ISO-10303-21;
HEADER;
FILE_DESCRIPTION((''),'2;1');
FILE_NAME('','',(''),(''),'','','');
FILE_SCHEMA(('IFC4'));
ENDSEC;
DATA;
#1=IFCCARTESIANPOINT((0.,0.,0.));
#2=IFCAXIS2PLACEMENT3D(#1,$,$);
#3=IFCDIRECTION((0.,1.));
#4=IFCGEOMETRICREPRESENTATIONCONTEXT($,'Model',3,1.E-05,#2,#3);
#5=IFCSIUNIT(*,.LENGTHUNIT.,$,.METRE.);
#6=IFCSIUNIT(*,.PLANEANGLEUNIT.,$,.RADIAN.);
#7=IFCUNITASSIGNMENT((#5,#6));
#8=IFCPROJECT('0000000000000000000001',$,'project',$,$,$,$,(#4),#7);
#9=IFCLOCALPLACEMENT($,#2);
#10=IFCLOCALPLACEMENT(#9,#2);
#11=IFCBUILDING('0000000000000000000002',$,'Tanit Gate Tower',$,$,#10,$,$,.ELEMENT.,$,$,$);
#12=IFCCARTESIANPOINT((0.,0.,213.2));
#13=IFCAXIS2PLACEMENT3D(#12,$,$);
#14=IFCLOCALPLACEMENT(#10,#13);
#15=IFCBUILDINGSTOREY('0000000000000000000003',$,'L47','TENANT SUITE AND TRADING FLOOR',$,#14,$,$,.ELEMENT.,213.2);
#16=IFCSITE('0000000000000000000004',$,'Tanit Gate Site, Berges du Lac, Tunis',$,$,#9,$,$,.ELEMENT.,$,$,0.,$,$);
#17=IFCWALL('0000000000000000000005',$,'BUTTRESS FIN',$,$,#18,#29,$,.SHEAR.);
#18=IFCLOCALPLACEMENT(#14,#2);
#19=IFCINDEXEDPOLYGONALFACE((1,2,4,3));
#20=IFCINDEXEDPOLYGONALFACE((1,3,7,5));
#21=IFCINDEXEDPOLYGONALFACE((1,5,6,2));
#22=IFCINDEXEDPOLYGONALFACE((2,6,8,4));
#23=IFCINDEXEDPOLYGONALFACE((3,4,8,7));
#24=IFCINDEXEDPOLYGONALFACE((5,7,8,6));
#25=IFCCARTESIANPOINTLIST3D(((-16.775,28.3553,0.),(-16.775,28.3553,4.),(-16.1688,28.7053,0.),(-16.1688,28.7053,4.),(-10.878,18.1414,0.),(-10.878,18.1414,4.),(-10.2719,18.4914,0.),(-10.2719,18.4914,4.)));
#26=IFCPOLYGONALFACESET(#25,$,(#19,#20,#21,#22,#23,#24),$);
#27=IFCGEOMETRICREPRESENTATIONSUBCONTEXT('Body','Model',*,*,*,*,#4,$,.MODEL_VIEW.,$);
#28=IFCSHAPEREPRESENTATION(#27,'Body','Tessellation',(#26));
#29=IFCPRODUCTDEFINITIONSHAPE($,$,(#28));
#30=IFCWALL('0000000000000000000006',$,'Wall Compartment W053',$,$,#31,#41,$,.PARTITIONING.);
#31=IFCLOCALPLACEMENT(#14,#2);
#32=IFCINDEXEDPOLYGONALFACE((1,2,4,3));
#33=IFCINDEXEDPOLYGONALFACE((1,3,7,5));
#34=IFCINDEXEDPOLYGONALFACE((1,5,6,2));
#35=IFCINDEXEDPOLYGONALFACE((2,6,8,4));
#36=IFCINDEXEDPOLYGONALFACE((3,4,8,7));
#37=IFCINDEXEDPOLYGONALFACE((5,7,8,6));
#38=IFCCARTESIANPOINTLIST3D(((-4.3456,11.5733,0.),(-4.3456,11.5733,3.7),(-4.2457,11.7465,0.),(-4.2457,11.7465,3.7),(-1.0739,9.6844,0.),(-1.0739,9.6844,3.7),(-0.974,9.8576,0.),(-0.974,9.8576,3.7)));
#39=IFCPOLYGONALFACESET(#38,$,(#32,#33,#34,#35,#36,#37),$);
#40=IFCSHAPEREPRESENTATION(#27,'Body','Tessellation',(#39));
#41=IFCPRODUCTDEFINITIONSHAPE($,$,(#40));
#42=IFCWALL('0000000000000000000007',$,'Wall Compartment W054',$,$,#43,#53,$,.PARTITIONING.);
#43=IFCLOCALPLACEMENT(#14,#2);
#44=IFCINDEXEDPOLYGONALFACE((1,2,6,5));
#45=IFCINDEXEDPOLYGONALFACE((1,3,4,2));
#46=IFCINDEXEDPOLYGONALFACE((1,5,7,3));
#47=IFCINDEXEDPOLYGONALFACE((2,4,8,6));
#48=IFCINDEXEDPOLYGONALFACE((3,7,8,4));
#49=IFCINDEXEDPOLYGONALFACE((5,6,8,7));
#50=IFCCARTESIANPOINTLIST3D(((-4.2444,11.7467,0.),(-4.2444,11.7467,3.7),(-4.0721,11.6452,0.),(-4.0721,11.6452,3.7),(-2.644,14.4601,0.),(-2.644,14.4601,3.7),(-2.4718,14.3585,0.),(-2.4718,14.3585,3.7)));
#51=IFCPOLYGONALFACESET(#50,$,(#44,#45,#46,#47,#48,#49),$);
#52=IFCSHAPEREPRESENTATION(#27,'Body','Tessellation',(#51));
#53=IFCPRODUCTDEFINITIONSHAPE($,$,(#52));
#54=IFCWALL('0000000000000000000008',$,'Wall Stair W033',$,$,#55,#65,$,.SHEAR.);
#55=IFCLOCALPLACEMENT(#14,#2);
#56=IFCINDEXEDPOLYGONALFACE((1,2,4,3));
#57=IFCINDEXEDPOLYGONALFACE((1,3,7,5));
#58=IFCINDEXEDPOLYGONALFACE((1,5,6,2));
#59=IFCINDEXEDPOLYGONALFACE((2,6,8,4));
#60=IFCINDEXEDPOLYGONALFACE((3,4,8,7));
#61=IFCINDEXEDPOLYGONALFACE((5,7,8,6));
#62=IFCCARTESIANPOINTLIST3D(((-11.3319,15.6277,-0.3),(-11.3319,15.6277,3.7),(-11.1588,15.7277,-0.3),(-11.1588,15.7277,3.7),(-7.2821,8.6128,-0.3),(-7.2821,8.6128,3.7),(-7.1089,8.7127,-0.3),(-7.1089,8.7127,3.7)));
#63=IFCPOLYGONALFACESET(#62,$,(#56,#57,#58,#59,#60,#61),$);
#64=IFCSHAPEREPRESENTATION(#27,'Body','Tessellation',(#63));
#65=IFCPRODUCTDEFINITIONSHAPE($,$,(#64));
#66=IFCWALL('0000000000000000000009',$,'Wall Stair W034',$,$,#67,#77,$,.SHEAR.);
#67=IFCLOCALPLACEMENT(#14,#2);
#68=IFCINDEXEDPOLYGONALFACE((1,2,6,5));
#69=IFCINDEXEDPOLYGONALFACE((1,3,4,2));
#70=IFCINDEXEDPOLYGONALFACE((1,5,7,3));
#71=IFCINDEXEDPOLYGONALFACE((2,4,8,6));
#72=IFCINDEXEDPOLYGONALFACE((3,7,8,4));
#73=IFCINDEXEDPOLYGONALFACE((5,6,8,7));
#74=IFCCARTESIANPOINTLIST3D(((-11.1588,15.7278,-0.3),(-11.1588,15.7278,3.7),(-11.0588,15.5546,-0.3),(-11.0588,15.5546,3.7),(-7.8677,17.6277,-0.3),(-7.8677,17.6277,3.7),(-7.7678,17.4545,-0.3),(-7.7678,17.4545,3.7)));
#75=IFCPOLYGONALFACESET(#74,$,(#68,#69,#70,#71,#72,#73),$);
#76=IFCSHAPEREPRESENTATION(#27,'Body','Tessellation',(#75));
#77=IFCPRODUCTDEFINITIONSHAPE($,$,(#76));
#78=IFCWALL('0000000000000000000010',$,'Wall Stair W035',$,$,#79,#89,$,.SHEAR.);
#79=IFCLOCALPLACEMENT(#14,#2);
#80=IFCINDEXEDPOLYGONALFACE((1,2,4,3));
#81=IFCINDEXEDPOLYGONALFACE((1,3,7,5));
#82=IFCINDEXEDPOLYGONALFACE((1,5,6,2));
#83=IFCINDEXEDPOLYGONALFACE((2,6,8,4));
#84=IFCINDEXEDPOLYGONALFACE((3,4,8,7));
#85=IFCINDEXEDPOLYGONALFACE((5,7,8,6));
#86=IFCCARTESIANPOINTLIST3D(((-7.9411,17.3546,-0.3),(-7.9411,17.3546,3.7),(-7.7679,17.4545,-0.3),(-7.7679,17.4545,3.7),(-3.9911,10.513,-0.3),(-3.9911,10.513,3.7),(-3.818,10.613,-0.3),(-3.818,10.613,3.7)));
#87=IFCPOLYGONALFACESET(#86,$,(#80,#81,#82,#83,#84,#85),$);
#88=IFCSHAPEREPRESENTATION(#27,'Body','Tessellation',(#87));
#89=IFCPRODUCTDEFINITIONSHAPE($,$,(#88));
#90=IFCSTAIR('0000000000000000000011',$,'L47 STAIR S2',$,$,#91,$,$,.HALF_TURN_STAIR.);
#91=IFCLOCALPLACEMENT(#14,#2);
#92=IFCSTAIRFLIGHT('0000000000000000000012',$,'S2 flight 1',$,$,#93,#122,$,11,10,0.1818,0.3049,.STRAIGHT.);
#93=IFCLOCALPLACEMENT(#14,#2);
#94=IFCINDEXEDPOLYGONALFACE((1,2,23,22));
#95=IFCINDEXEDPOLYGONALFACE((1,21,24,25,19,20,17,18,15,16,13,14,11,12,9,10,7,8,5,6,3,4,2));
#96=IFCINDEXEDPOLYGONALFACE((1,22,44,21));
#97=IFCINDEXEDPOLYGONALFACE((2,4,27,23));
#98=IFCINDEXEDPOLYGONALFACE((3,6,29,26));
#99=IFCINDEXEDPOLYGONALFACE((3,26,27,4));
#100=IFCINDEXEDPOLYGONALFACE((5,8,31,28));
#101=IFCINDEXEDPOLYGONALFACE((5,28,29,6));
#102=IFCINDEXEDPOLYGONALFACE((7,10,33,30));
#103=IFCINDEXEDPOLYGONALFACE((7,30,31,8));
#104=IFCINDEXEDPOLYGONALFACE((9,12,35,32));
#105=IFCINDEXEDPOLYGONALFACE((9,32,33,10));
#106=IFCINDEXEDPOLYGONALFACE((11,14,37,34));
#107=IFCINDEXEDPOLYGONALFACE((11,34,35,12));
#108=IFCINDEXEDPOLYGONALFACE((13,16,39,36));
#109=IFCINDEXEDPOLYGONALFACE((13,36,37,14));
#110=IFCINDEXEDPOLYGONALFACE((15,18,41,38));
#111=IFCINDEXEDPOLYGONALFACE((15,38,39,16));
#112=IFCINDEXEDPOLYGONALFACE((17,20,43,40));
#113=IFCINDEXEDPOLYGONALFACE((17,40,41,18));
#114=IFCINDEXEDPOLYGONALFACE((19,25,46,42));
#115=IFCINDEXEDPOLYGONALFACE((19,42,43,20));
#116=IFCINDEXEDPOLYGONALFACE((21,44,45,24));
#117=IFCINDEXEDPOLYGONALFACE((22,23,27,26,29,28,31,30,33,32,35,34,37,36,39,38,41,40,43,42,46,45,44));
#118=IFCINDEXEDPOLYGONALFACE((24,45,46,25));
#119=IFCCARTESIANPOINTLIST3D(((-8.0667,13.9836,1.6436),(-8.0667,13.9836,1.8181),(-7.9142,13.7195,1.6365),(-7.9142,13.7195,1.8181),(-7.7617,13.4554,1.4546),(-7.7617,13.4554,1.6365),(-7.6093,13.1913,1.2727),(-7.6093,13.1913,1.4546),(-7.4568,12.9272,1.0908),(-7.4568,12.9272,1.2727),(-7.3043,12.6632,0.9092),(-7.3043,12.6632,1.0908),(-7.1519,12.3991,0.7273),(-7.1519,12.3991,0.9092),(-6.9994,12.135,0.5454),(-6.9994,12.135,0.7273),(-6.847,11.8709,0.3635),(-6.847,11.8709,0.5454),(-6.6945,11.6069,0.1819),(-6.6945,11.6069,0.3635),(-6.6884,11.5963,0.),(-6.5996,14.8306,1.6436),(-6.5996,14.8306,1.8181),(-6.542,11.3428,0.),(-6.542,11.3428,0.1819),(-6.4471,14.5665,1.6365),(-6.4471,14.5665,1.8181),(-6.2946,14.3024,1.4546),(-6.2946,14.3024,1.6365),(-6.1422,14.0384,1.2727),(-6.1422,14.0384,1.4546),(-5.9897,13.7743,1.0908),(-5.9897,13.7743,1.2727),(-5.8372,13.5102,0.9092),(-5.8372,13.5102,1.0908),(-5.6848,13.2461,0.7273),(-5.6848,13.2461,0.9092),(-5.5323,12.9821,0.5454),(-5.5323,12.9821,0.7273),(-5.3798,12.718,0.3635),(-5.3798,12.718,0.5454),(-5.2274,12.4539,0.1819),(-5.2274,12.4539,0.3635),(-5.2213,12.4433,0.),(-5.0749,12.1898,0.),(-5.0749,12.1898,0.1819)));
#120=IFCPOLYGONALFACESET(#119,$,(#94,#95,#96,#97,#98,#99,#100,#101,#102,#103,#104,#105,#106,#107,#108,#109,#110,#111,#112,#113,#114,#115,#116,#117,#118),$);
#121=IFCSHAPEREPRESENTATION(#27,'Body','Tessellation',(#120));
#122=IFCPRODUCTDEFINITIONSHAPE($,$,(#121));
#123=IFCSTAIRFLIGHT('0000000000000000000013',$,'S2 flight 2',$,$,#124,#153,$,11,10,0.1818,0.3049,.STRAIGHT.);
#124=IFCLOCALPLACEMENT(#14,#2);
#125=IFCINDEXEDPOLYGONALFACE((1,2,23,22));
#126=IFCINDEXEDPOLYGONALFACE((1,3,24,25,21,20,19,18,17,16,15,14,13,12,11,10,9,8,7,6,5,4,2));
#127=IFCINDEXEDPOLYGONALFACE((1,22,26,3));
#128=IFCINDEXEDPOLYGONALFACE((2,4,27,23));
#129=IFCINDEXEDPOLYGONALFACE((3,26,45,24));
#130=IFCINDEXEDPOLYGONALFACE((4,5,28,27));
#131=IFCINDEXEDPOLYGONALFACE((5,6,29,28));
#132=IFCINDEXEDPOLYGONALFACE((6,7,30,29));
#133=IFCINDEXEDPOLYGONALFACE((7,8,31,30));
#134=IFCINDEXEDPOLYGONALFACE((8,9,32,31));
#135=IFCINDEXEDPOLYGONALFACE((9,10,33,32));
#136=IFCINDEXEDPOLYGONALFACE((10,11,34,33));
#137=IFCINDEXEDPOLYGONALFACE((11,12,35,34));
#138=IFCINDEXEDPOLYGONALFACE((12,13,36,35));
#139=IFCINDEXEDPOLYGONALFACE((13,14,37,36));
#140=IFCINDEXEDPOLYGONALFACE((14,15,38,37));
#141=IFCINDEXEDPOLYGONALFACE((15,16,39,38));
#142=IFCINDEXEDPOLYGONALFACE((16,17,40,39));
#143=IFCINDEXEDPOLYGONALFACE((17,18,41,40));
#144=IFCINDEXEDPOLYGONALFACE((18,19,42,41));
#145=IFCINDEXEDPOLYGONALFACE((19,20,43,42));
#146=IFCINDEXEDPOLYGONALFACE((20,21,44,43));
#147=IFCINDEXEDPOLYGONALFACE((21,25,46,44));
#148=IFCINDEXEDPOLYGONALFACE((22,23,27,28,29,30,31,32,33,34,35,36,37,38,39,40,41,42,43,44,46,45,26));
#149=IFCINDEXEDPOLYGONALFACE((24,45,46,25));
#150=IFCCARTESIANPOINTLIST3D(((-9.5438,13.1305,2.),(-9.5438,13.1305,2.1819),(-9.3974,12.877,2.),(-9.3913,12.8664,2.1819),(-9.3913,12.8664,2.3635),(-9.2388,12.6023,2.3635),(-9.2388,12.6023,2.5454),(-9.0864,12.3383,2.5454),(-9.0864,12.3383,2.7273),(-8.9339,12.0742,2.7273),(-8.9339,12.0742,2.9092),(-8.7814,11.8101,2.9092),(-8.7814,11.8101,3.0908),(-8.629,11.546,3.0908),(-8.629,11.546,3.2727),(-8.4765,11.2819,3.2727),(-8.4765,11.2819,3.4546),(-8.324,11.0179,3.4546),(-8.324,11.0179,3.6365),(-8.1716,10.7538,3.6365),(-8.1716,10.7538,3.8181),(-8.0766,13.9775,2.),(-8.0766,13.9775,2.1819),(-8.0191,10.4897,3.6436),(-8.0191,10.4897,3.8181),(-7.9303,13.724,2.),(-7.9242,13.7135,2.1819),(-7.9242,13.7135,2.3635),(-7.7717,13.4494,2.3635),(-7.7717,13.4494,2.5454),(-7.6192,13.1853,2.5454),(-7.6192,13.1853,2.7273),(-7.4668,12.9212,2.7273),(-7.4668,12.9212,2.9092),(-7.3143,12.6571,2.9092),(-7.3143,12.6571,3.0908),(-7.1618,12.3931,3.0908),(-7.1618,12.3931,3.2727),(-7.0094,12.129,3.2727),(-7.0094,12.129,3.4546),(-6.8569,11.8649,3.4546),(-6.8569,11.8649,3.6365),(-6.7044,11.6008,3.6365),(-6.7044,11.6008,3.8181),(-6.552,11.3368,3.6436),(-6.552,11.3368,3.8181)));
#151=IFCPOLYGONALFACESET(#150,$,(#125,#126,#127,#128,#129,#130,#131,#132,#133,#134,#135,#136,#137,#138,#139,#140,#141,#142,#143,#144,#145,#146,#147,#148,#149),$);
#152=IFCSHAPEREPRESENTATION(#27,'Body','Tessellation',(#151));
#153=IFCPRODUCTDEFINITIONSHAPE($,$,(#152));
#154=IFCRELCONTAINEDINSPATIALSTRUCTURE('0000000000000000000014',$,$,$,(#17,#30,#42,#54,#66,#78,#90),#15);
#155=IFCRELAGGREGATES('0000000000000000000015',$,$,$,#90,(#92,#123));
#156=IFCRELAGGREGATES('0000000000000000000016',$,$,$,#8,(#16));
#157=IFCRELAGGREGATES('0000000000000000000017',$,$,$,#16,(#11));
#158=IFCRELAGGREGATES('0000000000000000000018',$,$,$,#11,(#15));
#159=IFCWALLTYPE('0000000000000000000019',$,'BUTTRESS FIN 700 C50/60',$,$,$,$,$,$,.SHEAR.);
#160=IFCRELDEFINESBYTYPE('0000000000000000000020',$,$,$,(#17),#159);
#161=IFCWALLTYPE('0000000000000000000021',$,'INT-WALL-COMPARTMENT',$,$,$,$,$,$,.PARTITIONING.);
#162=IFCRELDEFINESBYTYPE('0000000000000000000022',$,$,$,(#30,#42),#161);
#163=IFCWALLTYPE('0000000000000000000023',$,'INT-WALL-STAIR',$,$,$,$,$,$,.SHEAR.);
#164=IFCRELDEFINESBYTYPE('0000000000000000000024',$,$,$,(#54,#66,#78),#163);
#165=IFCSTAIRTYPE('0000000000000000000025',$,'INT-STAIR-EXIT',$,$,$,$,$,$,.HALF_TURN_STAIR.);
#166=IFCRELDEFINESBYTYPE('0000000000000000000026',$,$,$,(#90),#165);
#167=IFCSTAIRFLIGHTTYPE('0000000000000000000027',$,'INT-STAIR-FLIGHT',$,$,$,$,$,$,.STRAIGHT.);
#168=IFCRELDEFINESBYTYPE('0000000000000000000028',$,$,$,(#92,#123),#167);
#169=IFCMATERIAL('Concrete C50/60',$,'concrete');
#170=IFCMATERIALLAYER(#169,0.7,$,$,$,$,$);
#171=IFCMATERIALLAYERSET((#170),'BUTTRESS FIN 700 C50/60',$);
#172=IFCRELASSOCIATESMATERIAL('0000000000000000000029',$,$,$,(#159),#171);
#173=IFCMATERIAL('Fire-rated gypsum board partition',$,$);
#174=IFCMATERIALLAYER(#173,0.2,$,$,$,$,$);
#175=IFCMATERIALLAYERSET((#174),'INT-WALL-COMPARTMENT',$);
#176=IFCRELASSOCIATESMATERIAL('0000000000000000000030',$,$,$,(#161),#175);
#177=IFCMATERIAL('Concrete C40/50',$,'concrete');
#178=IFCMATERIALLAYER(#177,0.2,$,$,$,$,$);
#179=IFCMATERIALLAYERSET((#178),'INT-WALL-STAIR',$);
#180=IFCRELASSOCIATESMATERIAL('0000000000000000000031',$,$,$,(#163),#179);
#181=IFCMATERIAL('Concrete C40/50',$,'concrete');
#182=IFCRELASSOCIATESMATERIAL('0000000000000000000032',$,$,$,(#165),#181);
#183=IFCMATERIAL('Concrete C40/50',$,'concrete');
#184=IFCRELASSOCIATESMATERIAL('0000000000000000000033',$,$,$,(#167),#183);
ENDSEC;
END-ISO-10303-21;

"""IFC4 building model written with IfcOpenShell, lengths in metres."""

from ifc_helpers import new_model, si_unit, direction, frame, frame_2d, origin, place, context, subcontext, project, spatial, polyline, rectangle, outline, extrude, material, layer, layer_set, type_object, element, aggregate, save


model = new_model("IFC4")

# Units and contexts
model_context = context("Model", 3, precision=1e-05, world=origin(), true_north=direction((0.0, 1.0)))
body_context = subcontext(model_context, "Body", "Model", "MODEL_VIEW")
ifc_project = project(units=[si_unit("LENGTHUNIT", "METRE"), si_unit("PLANEANGLEUNIT", "RADIAN")], contexts=[model_context])

# Site, building, storey
site_placement = place(None, origin())
site = spatial("IfcSite", under=ifc_project, at=site_placement, Name="Tanit Gate Site, Berges du Lac, Tunis", CompositionType="ELEMENT", RefElevation=0.0)
building_placement = place(site_placement, origin())
building = spatial("IfcBuilding", under=site, at=building_placement, Name="Tanit Gate Tower", CompositionType="ELEMENT")
storey_placement = place(building_placement, frame((0.0, 0.0, 213.2)))
storey = spatial("IfcBuildingStorey", under=building, at=storey_placement, Name="L47", Description="TENANT SUITE AND TRADING FLOOR", CompositionType="ELEMENT", Elevation=213.2)

# Wall
ifc_material_1 = material(Name="Concrete C50/60", Category="concrete")
ifc_layer_1 = layer(ifc_material_1, 0.7)
ifc_layer_set_1 = layer_set([ifc_layer_1], Name="BUTTRESS FIN 700 C50/60")
wall_type_1 = type_object("IfcWallType", Name="BUTTRESS FIN 700 C50/60", PredefinedType="SHEAR", material=ifc_layer_set_1)
wall_1_placement = place(storey_placement, frame((-10.575, 18.3164, 0.0), z_axis=(0.0, 0.0, 1.0), x_axis=(-0.5, 0.866026, 0.0)))
element("IfcWall", 1, at=wall_1_placement, inside=storey, type_object=wall_type_1, Name="BUTTRESS FIN", PredefinedType="SHEAR", context=body_context, shape_type="SweptSolid", body=[
    extrude(rectangle(XDim=11.7939, YDim=0.7, at=frame_2d((5.897, 0.0))), origin(), (0.0, 0.0, 1.0), 4.0),
])

# Walls
ifc_material_2 = material(Name="Fire-rated gypsum board partition")
ifc_layer_2 = layer(ifc_material_2, 0.2)
ifc_layer_set_2 = layer_set([ifc_layer_2], Name="INT-WALL-COMPARTMENT")
wall_type_2 = type_object("IfcWallType", Name="INT-WALL-COMPARTMENT", PredefinedType="PARTITIONING", material=ifc_layer_set_2)
wall_2_placement = place(storey_placement, frame((-4.2957, 11.6599, 0.0), z_axis=(0.0, 0.0, 1.0), x_axis=(0.866027, -0.499997, 0.0)))
element("IfcWall", 2, at=wall_2_placement, inside=storey, type_object=wall_type_2, Name="Wall Compartment W053", PredefinedType="PARTITIONING", context=body_context, shape_type="SweptSolid", body=[
    extrude(rectangle(XDim=3.7778, YDim=0.2, at=frame_2d((1.8889, 0.0))), origin(), (0.0, 0.0, 1.0), 3.7),
])
wall_3_placement = place(storey_placement, frame((-2.5579, 14.4094, 0.0), z_axis=(0.0, 0.0, 1.0), x_axis=(-0.508019, -0.861346, 0.0)))
element("IfcWall", 3, at=wall_3_placement, inside=storey, type_object=wall_type_2, Name="Wall Compartment W054", PredefinedType="PARTITIONING", context=body_context, shape_type="SweptSolid", body=[
    extrude(rectangle(XDim=3.1501, YDim=0.2, at=frame_2d((1.5752, 0.0))), origin(), (0.0, 0.0, 1.0), 3.7),
])
ifc_material_3 = material(Name="Concrete C40/50", Category="concrete")
ifc_layer_3 = layer(ifc_material_3, 0.2)
ifc_layer_set_3 = layer_set([ifc_layer_3], Name="INT-WALL-STAIR")
wall_type_3 = type_object("IfcWallType", Name="INT-WALL-STAIR", PredefinedType="SHEAR", material=ifc_layer_set_3)
wall_4_placement = place(storey_placement, frame((-11.2454, 15.6777, -0.3), z_axis=(0.0, 0.0, 1.0), x_axis=(0.499977, -0.866039, 0.0)))
element("IfcWall", 4, at=wall_4_placement, inside=storey, type_object=wall_type_3, Name="Wall Stair W033", PredefinedType="SHEAR", context=body_context, shape_type="SweptSolid", body=[
    extrude(rectangle(XDim=8.1001, YDim=0.2, at=frame_2d((4.05, 0.0))), origin(), (0.0, 0.0, 1.0), 4.0),
])
wall_5_placement = place(storey_placement, frame((-7.8179, 17.541, -0.3), z_axis=(0.0, 0.0, 1.0), x_axis=(-0.866044, -0.499967, 0.0)))
element("IfcWall", 5, at=wall_5_placement, inside=storey, type_object=wall_type_3, Name="Wall Stair W034", PredefinedType="SHEAR", context=body_context, shape_type="SweptSolid", body=[
    extrude(rectangle(XDim=3.8, YDim=0.2, at=frame_2d((1.8999, 0.0))), origin(), (0.0, 0.0, 1.0), 4.0),
])
wall_6_placement = place(storey_placement, frame((-7.8545, 17.4045, -0.3), z_axis=(0.0, 0.0, 1.0), x_axis=(0.499998, -0.866027, 0.0)))
element("IfcWall", 6, at=wall_6_placement, inside=storey, type_object=wall_type_3, Name="Wall Stair W035", PredefinedType="SHEAR", context=body_context, shape_type="SweptSolid", body=[
    extrude(rectangle(XDim=7.8999, YDim=0.2, at=frame_2d((3.95, 0.0))), origin(), (0.0, 0.0, 1.0), 4.0),
])

# Stair, stair flights
ifc_material_4 = material(Name="Concrete C40/50", Category="concrete")
stair_type = type_object("IfcStairType", Name="INT-STAIR-EXIT", PredefinedType="HALF_TURN_STAIR", material=ifc_material_4)
stair_placement = place(storey_placement, origin())
stair = element("IfcStair", 7, at=stair_placement, inside=storey, type_object=stair_type, Name="L47 STAIR S2", PredefinedType="HALF_TURN_STAIR")
ifc_material_5 = material(Name="Concrete C40/50", Category="concrete")
stair_flight_type = type_object("IfcStairFlightType", Name="INT-STAIR-FLIGHT", PredefinedType="STRAIGHT", material=ifc_material_5)
stair_flight_1_placement = place(storey_placement, frame((-5.8083, 11.7664, 0.0), z_axis=(0.0, 0.0, 1.0), x_axis=(-0.5, 0.866025, 0.0)))
stair_flight_1 = element("IfcStairFlight", 8, at=stair_flight_1_placement, type_object=stair_flight_type, Name="S2 flight 1", NumberOfRisers=11, NumberOfTreads=10, PredefinedType="STRAIGHT", RiserHeight=0.1818, TreadLength=0.3049, context=body_context, shape_type="SweptSolid", body=[
    extrude(outline(polyline([(0.0, 0.0), (0.0, 0.1819), (0.3049, 0.1819), (0.3049, 0.3635), (0.6099, 0.3635), (0.6099, 0.5454), (0.9148, 0.5454), (0.9148, 0.7273), (1.2197, 0.7273), (1.2197, 0.9092), (1.5247, 0.9092), (1.5247, 1.0908), (1.8296, 1.0908), (1.8296, 1.2727), (2.1345, 1.2727), (2.1345, 1.4546), (2.4395, 1.4546), (2.4395, 1.6365), (2.7444, 1.6365), (2.7444, 1.8181), (3.0493, 1.8181), (3.0493, 2.0), (3.0493, 1.6436), (0.2927, 0.0), (0.0, 0.0)])), frame((0.0, 0.8472, 0.0), z_axis=(0.0, -1.0, 0.0), x_axis=(1.0, 0.0, 0.0)), (0.0, 0.0, 1.0), 1.6941),
])
stair_flight_2_placement = place(storey_placement, frame((-8.8103, 13.554, 2.0), z_axis=(0.0, 0.0, 1.0), x_axis=(0.5, -0.866025, 0.0)))
stair_flight_2 = element("IfcStairFlight", 9, at=stair_flight_2_placement, type_object=stair_flight_type, Name="S2 flight 2", NumberOfRisers=11, NumberOfTreads=10, PredefinedType="STRAIGHT", RiserHeight=0.1818, TreadLength=0.3049, context=body_context, shape_type="SweptSolid", body=[
    extrude(outline(polyline([(0.0, 0.0), (0.0, 0.1819), (0.3049, 0.1819), (0.3049, 0.3635), (0.6099, 0.3635), (0.6099, 0.5454), (0.9148, 0.5454), (0.9148, 0.7273), (1.2197, 0.7273), (1.2197, 0.9092), (1.5247, 0.9092), (1.5247, 1.0908), (1.8296, 1.0908), (1.8296, 1.2727), (2.1345, 1.2727), (2.1345, 1.4546), (2.4395, 1.4546), (2.4395, 1.6365), (2.7444, 1.6365), (2.7444, 1.8181), (3.0493, 1.8181), (3.0493, 2.0), (3.0493, 1.6436), (0.2927, 0.0), (0.0, 0.0)])), frame((0.0, 0.8472, 0.0), z_axis=(0.0, -1.0, 0.0), x_axis=(1.0, 0.0, 0.0)), (0.0, 0.0, 1.0), 1.6941),
])
aggregate(stair, [stair_flight_1, stair_flight_2])

save(model, "model.ifc")
